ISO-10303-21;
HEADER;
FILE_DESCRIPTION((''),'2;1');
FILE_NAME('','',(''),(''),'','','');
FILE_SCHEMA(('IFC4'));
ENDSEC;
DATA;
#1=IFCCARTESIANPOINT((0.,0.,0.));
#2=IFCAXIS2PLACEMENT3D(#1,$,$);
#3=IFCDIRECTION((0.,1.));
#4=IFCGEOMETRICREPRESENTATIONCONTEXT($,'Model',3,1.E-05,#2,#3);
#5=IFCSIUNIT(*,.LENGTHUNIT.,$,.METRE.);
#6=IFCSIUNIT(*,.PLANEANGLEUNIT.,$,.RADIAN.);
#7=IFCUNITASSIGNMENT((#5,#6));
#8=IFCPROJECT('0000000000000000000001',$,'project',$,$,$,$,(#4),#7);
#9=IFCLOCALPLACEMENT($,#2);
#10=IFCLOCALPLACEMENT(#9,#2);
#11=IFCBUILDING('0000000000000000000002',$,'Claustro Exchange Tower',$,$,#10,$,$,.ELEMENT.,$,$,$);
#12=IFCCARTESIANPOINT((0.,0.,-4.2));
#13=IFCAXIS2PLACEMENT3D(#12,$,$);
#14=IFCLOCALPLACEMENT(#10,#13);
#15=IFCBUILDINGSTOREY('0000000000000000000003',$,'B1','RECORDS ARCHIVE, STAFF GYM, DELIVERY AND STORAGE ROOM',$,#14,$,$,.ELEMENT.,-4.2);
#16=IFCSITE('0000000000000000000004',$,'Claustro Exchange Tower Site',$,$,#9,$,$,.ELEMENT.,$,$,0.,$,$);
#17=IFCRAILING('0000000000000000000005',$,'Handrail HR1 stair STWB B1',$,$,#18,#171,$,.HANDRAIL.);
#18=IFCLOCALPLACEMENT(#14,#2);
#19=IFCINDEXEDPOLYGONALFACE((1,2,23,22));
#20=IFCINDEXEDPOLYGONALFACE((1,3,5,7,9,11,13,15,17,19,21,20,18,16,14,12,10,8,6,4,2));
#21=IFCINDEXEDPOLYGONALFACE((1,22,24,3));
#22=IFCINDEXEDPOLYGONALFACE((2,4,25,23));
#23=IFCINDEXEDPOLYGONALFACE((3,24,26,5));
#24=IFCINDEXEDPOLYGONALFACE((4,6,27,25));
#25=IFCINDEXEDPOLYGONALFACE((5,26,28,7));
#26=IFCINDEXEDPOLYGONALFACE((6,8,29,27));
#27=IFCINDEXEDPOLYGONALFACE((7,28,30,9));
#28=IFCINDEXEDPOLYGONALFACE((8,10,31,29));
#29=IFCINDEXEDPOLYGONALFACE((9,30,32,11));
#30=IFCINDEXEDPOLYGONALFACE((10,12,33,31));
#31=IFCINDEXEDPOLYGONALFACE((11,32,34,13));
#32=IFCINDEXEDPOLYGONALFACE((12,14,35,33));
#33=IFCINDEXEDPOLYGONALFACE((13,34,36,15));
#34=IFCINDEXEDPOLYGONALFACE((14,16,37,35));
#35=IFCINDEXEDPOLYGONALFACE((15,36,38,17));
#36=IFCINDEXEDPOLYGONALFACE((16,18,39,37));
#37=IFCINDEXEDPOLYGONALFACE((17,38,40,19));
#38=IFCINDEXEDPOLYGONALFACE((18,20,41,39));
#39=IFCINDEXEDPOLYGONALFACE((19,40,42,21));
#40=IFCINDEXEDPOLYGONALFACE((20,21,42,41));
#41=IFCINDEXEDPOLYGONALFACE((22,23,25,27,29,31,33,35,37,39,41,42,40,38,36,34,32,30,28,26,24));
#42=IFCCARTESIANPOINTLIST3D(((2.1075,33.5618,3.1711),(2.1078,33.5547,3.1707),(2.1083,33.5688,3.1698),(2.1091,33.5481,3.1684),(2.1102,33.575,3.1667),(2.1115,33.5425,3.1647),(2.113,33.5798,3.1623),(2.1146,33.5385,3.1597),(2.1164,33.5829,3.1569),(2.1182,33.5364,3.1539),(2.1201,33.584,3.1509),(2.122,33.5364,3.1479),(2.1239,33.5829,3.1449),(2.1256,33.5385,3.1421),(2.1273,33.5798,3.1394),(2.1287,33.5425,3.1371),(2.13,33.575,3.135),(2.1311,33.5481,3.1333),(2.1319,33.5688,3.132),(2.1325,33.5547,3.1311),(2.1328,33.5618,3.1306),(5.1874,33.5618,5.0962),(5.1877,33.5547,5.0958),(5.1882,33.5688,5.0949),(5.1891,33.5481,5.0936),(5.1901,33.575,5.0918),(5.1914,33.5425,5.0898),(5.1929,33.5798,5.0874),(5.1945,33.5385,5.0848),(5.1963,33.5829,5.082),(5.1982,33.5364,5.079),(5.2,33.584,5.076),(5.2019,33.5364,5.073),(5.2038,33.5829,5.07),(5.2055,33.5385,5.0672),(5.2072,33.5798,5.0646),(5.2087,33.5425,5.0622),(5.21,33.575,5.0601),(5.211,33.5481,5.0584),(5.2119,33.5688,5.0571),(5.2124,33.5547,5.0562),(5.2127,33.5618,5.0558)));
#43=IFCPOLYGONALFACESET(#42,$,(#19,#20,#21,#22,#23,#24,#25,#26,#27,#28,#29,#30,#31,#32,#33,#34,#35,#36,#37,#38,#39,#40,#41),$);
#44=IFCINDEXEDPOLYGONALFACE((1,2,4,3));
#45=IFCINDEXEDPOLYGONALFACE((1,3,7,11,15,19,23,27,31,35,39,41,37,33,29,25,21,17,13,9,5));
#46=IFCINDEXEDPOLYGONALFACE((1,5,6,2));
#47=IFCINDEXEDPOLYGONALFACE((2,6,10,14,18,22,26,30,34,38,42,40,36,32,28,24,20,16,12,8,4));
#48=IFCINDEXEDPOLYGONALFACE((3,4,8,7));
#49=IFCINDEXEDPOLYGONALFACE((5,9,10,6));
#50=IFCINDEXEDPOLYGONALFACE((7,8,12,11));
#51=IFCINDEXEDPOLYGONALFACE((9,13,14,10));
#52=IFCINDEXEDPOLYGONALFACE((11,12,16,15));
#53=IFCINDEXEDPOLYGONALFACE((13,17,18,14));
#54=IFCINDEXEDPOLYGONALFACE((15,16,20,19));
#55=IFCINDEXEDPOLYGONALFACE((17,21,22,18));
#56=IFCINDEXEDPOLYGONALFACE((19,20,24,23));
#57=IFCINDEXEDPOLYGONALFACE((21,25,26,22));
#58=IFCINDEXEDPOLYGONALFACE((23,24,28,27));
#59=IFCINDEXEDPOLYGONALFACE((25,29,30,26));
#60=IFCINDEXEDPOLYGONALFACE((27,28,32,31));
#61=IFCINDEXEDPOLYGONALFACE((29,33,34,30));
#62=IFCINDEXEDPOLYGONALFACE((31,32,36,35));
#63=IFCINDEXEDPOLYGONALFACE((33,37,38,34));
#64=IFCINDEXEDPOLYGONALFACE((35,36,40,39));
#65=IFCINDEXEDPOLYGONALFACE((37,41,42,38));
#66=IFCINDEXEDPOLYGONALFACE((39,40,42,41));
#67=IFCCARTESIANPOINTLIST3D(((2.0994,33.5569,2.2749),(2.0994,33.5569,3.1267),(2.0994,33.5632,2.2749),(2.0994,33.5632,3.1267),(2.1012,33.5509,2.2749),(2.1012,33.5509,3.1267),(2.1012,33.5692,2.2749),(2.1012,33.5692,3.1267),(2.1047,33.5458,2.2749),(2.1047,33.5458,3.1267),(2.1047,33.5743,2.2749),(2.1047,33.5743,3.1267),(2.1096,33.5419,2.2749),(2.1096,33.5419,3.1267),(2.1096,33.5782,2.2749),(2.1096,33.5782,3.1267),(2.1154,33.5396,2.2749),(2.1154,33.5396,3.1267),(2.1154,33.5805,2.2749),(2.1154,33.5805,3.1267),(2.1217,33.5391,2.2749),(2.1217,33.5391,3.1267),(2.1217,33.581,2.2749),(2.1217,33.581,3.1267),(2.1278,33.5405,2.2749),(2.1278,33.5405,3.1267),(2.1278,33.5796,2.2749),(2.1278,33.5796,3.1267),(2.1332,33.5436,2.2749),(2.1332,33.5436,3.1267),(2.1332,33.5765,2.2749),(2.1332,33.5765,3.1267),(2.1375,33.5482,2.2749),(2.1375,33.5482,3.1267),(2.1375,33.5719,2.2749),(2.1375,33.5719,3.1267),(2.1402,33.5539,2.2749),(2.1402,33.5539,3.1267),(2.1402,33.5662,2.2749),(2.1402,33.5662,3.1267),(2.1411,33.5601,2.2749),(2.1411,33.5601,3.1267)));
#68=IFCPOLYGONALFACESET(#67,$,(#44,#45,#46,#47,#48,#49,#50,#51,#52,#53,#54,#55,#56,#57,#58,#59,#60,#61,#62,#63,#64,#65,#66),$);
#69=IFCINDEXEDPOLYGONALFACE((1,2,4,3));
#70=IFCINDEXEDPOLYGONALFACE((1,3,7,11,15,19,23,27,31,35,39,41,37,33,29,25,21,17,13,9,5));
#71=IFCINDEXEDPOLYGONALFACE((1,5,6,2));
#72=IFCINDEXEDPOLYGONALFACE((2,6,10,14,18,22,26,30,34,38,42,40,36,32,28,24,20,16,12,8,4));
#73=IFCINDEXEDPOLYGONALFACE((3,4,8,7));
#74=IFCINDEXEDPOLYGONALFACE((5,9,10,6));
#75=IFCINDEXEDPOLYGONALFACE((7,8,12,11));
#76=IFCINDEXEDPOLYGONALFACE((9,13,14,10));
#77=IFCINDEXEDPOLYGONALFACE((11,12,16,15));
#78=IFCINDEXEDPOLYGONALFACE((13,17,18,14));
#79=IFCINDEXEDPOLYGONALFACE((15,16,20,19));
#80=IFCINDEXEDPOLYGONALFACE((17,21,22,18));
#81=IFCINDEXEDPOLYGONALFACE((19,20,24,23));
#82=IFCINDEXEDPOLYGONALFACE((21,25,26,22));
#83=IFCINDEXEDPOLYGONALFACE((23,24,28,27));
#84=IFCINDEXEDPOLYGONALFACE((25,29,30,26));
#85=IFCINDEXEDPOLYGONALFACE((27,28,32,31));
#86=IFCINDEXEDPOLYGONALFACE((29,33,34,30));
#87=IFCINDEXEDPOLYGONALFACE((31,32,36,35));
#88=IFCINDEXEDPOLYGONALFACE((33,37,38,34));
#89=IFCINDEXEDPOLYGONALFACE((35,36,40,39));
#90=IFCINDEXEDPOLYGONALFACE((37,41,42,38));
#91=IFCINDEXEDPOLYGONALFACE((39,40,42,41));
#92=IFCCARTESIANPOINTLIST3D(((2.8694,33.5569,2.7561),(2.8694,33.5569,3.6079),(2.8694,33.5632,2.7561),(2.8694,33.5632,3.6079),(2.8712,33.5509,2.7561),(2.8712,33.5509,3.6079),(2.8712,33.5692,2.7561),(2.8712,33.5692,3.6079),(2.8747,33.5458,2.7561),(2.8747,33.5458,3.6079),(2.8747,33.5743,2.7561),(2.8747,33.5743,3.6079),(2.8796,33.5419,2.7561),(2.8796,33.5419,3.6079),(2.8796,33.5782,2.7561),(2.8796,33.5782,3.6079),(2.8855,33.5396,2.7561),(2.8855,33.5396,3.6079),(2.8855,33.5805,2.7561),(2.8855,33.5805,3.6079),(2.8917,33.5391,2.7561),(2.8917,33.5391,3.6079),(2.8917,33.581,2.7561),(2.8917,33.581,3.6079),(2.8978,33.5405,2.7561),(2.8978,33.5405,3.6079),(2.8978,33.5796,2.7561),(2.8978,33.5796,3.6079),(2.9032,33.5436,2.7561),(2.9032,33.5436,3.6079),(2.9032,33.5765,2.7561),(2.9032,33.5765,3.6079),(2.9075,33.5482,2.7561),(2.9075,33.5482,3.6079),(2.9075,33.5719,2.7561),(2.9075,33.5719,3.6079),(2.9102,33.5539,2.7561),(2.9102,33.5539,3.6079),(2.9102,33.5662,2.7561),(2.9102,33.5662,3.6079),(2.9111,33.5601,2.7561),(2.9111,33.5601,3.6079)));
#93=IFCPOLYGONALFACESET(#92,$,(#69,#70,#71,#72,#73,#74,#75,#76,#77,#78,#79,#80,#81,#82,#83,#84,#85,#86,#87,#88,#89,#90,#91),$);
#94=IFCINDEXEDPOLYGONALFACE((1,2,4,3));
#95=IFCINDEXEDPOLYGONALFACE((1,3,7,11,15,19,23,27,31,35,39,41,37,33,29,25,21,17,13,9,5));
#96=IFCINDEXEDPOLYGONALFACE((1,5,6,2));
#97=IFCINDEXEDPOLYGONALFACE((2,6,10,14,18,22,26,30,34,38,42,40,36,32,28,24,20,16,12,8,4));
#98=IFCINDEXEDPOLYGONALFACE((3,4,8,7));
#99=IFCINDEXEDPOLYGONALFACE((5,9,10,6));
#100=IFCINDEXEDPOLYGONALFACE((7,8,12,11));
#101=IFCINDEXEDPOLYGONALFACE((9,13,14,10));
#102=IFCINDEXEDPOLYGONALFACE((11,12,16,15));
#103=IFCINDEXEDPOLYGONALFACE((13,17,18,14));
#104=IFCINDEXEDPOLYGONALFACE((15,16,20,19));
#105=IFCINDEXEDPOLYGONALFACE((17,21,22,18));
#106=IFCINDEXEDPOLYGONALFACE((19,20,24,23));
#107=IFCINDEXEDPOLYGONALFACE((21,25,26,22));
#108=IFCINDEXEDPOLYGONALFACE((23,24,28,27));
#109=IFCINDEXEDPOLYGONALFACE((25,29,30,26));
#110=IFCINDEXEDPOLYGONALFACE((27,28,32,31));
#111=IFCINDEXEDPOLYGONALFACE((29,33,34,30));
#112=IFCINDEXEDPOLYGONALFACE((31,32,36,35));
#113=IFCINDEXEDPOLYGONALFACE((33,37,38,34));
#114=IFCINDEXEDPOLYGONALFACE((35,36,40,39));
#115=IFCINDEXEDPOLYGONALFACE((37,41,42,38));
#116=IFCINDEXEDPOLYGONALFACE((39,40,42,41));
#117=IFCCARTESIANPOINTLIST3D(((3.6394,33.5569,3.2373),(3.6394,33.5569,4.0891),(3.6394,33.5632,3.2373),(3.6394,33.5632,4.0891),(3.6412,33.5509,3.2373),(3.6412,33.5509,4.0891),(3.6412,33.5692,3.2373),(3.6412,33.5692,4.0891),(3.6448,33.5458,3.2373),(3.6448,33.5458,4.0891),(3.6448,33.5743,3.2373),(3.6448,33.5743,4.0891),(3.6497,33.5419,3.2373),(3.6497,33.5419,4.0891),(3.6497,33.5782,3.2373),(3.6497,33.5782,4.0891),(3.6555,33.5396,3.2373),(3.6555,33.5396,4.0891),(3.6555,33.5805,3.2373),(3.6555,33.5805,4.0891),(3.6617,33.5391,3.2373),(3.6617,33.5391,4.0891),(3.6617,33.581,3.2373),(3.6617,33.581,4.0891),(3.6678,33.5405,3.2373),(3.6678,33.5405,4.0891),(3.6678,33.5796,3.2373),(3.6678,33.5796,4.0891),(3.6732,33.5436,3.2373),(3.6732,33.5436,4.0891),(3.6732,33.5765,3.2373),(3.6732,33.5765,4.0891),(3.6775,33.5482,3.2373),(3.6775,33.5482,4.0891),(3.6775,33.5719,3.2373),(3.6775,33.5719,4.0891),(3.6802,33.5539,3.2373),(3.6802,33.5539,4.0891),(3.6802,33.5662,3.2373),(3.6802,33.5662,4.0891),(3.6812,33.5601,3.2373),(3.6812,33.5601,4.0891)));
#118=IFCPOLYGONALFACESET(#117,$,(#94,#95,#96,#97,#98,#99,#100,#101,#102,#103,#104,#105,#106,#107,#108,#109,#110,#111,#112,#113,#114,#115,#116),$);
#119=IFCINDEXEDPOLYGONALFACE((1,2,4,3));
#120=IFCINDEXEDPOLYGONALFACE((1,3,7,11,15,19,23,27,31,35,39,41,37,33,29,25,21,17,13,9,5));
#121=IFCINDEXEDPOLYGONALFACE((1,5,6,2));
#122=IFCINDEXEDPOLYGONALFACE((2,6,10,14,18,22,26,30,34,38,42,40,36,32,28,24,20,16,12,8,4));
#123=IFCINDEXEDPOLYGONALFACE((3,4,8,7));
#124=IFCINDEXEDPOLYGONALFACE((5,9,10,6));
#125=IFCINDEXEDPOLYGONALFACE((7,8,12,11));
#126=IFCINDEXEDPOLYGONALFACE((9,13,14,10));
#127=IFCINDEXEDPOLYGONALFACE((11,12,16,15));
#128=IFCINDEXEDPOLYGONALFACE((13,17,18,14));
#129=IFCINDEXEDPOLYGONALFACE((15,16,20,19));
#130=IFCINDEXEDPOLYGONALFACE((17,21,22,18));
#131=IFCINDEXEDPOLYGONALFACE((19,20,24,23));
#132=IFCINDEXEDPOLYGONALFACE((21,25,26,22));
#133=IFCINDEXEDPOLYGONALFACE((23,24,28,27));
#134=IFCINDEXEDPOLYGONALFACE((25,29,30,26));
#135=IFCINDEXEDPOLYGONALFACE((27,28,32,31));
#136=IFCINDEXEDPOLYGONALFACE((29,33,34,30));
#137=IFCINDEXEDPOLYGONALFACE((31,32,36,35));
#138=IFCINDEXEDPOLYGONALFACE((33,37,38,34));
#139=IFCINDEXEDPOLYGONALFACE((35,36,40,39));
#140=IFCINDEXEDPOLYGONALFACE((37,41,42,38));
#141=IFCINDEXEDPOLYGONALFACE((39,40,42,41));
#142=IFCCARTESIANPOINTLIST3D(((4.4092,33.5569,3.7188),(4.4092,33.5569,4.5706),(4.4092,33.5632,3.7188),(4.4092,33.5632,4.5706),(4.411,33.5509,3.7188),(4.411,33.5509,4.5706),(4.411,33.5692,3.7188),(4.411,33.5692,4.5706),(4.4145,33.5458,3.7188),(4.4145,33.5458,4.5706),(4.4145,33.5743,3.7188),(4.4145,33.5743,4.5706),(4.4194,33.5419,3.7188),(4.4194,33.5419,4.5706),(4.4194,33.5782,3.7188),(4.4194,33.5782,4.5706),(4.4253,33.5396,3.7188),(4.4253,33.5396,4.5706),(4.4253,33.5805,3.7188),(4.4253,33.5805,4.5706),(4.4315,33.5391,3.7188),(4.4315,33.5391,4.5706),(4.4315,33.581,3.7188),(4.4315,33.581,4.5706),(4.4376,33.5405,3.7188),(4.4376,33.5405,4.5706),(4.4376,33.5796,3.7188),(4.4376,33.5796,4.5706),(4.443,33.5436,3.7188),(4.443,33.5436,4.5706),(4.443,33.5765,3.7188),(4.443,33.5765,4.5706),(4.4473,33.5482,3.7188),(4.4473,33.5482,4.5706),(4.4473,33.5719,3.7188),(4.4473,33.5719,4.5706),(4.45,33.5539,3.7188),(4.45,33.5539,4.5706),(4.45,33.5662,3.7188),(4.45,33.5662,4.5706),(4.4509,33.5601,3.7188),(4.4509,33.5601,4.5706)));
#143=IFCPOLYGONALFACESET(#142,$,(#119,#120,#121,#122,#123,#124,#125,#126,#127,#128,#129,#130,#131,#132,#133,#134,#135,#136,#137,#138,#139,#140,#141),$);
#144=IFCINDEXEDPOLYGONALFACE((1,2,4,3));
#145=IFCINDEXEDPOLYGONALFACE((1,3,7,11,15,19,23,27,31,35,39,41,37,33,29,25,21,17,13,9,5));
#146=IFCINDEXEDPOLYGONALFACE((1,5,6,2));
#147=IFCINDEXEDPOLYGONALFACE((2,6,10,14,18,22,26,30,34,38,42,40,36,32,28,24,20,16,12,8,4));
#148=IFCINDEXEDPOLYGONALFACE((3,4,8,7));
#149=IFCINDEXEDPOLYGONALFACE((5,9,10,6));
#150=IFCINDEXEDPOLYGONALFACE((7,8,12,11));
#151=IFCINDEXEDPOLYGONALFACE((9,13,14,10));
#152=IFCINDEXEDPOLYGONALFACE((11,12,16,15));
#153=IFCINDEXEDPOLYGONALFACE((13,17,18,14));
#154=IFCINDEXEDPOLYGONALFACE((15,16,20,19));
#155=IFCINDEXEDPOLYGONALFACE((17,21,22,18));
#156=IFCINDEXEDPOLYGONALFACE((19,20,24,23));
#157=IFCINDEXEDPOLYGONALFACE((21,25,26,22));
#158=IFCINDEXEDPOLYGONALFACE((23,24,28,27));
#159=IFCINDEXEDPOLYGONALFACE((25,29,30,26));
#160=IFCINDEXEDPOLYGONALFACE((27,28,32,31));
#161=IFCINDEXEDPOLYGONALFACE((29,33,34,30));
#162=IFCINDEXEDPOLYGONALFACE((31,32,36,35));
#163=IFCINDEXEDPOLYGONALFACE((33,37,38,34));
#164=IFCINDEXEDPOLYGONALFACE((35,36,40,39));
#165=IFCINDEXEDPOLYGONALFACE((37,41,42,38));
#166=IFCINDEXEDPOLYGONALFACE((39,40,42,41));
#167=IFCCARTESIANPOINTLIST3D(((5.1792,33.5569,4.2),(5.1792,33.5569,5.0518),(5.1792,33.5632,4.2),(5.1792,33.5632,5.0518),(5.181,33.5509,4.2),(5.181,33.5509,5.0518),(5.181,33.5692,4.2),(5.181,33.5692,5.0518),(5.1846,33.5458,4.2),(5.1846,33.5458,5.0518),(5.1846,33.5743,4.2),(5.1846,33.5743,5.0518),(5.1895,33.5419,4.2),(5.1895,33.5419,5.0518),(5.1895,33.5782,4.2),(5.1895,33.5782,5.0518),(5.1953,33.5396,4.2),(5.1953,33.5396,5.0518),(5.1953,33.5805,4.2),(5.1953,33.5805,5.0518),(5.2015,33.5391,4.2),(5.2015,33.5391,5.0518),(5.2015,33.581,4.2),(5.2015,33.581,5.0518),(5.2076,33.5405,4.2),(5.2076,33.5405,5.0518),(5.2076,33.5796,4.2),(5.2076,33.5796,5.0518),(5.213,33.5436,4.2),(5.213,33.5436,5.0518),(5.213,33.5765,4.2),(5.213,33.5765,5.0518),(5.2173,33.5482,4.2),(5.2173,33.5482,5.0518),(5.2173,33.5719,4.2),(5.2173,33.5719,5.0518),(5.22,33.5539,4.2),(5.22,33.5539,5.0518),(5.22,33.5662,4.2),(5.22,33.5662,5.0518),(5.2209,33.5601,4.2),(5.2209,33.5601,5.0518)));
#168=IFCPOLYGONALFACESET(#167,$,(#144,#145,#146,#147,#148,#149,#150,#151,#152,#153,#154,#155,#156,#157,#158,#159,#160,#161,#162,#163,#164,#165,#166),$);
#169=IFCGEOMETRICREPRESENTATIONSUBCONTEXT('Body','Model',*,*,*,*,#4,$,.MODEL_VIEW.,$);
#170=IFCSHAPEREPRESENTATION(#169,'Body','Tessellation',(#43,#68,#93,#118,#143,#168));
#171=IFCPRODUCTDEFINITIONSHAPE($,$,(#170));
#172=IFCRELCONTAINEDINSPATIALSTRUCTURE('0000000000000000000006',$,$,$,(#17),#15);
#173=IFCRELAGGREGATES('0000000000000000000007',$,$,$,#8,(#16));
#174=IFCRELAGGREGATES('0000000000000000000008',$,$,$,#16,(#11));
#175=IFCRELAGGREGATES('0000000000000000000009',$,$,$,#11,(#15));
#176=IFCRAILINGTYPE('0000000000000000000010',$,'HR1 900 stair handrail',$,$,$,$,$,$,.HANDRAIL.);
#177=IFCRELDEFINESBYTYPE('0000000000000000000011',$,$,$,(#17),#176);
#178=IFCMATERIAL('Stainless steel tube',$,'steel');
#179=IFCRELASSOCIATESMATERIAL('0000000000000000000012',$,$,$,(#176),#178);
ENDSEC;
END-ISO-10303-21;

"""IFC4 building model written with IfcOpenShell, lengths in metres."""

from ifc_helpers import new_model, si_unit, direction, frame, origin, origin_2d, place, context, subcontext, project, spatial, circle, extrude, material, type_object, element, save


model = new_model("IFC4")

# Units and contexts
model_context = context("Model", 3, precision=1e-05, world=origin(), true_north=direction((0.0, 1.0)))
body_context = subcontext(model_context, "Body", "Model", "MODEL_VIEW")
ifc_project = project(units=[si_unit("LENGTHUNIT", "METRE"), si_unit("PLANEANGLEUNIT", "RADIAN")], contexts=[model_context])

# Site, building, storey
site_placement = place(None, origin())
site = spatial("IfcSite", under=ifc_project, at=site_placement, Name="Claustro Exchange Tower Site", CompositionType="ELEMENT", RefElevation=0.0)
building_placement = place(site_placement, origin())
building = spatial("IfcBuilding", under=site, at=building_placement, Name="Claustro Exchange Tower", CompositionType="ELEMENT")
storey_placement = place(building_placement, frame((0.0, 0.0, -4.2)))
storey = spatial("IfcBuildingStorey", under=building, at=storey_placement, Name="B1", Description="RECORDS ARCHIVE, STAFF GYM, DELIVERY AND STORAGE ROOM", CompositionType="ELEMENT", Elevation=-4.2)

# Railing
ifc_material_1 = material(Name="Stainless steel tube", Category="steel")
railing_type_1 = type_object("IfcRailingType", Name="HR1 900 stair handrail", PredefinedType="HANDRAIL", material=ifc_material_1)
for number, where, name in (
    (1, (2.1201, 33.5601, 2.2749), "Handrail HR1 stair STWB B1"),
):
    element("IfcRailing", number, at=place(storey_placement, frame(where)), inside=storey, type_object=railing_type_1, Name=name, PredefinedType="HANDRAIL", context=body_context, shape_type="SweptSolid", body=[
        extrude(circle(Radius=0.0239, at=origin_2d()), frame((0.0, 0.0, 0.876), z_axis=(0.847979, 0.0, 0.530029), x_axis=(0.0, 1.0, 0.0)), (0.0, 0.0, 1.0), 3.6321),
        extrude(circle(Radius=0.021, at=origin_2d()), origin(), (0.0, 0.0, 1.0), 0.8518),
        extrude(circle(Radius=0.021, at=origin_2d()), frame((0.77, 0.0, 0.4812)), (0.0, 0.0, 1.0), 0.8518),
        extrude(circle(Radius=0.021, at=origin_2d()), frame((1.54, 0.0, 0.9624)), (0.0, 0.0, 1.0), 0.8518),
        extrude(circle(Radius=0.021, at=origin_2d()), frame((2.3098, 0.0, 1.4438)), (0.0, 0.0, 1.0), 0.8518),
        extrude(circle(Radius=0.021, at=origin_2d()), frame((3.0798, 0.0, 1.925)), (0.0, 0.0, 1.0), 0.8518),
    ])

save(model, "model.ifc")
